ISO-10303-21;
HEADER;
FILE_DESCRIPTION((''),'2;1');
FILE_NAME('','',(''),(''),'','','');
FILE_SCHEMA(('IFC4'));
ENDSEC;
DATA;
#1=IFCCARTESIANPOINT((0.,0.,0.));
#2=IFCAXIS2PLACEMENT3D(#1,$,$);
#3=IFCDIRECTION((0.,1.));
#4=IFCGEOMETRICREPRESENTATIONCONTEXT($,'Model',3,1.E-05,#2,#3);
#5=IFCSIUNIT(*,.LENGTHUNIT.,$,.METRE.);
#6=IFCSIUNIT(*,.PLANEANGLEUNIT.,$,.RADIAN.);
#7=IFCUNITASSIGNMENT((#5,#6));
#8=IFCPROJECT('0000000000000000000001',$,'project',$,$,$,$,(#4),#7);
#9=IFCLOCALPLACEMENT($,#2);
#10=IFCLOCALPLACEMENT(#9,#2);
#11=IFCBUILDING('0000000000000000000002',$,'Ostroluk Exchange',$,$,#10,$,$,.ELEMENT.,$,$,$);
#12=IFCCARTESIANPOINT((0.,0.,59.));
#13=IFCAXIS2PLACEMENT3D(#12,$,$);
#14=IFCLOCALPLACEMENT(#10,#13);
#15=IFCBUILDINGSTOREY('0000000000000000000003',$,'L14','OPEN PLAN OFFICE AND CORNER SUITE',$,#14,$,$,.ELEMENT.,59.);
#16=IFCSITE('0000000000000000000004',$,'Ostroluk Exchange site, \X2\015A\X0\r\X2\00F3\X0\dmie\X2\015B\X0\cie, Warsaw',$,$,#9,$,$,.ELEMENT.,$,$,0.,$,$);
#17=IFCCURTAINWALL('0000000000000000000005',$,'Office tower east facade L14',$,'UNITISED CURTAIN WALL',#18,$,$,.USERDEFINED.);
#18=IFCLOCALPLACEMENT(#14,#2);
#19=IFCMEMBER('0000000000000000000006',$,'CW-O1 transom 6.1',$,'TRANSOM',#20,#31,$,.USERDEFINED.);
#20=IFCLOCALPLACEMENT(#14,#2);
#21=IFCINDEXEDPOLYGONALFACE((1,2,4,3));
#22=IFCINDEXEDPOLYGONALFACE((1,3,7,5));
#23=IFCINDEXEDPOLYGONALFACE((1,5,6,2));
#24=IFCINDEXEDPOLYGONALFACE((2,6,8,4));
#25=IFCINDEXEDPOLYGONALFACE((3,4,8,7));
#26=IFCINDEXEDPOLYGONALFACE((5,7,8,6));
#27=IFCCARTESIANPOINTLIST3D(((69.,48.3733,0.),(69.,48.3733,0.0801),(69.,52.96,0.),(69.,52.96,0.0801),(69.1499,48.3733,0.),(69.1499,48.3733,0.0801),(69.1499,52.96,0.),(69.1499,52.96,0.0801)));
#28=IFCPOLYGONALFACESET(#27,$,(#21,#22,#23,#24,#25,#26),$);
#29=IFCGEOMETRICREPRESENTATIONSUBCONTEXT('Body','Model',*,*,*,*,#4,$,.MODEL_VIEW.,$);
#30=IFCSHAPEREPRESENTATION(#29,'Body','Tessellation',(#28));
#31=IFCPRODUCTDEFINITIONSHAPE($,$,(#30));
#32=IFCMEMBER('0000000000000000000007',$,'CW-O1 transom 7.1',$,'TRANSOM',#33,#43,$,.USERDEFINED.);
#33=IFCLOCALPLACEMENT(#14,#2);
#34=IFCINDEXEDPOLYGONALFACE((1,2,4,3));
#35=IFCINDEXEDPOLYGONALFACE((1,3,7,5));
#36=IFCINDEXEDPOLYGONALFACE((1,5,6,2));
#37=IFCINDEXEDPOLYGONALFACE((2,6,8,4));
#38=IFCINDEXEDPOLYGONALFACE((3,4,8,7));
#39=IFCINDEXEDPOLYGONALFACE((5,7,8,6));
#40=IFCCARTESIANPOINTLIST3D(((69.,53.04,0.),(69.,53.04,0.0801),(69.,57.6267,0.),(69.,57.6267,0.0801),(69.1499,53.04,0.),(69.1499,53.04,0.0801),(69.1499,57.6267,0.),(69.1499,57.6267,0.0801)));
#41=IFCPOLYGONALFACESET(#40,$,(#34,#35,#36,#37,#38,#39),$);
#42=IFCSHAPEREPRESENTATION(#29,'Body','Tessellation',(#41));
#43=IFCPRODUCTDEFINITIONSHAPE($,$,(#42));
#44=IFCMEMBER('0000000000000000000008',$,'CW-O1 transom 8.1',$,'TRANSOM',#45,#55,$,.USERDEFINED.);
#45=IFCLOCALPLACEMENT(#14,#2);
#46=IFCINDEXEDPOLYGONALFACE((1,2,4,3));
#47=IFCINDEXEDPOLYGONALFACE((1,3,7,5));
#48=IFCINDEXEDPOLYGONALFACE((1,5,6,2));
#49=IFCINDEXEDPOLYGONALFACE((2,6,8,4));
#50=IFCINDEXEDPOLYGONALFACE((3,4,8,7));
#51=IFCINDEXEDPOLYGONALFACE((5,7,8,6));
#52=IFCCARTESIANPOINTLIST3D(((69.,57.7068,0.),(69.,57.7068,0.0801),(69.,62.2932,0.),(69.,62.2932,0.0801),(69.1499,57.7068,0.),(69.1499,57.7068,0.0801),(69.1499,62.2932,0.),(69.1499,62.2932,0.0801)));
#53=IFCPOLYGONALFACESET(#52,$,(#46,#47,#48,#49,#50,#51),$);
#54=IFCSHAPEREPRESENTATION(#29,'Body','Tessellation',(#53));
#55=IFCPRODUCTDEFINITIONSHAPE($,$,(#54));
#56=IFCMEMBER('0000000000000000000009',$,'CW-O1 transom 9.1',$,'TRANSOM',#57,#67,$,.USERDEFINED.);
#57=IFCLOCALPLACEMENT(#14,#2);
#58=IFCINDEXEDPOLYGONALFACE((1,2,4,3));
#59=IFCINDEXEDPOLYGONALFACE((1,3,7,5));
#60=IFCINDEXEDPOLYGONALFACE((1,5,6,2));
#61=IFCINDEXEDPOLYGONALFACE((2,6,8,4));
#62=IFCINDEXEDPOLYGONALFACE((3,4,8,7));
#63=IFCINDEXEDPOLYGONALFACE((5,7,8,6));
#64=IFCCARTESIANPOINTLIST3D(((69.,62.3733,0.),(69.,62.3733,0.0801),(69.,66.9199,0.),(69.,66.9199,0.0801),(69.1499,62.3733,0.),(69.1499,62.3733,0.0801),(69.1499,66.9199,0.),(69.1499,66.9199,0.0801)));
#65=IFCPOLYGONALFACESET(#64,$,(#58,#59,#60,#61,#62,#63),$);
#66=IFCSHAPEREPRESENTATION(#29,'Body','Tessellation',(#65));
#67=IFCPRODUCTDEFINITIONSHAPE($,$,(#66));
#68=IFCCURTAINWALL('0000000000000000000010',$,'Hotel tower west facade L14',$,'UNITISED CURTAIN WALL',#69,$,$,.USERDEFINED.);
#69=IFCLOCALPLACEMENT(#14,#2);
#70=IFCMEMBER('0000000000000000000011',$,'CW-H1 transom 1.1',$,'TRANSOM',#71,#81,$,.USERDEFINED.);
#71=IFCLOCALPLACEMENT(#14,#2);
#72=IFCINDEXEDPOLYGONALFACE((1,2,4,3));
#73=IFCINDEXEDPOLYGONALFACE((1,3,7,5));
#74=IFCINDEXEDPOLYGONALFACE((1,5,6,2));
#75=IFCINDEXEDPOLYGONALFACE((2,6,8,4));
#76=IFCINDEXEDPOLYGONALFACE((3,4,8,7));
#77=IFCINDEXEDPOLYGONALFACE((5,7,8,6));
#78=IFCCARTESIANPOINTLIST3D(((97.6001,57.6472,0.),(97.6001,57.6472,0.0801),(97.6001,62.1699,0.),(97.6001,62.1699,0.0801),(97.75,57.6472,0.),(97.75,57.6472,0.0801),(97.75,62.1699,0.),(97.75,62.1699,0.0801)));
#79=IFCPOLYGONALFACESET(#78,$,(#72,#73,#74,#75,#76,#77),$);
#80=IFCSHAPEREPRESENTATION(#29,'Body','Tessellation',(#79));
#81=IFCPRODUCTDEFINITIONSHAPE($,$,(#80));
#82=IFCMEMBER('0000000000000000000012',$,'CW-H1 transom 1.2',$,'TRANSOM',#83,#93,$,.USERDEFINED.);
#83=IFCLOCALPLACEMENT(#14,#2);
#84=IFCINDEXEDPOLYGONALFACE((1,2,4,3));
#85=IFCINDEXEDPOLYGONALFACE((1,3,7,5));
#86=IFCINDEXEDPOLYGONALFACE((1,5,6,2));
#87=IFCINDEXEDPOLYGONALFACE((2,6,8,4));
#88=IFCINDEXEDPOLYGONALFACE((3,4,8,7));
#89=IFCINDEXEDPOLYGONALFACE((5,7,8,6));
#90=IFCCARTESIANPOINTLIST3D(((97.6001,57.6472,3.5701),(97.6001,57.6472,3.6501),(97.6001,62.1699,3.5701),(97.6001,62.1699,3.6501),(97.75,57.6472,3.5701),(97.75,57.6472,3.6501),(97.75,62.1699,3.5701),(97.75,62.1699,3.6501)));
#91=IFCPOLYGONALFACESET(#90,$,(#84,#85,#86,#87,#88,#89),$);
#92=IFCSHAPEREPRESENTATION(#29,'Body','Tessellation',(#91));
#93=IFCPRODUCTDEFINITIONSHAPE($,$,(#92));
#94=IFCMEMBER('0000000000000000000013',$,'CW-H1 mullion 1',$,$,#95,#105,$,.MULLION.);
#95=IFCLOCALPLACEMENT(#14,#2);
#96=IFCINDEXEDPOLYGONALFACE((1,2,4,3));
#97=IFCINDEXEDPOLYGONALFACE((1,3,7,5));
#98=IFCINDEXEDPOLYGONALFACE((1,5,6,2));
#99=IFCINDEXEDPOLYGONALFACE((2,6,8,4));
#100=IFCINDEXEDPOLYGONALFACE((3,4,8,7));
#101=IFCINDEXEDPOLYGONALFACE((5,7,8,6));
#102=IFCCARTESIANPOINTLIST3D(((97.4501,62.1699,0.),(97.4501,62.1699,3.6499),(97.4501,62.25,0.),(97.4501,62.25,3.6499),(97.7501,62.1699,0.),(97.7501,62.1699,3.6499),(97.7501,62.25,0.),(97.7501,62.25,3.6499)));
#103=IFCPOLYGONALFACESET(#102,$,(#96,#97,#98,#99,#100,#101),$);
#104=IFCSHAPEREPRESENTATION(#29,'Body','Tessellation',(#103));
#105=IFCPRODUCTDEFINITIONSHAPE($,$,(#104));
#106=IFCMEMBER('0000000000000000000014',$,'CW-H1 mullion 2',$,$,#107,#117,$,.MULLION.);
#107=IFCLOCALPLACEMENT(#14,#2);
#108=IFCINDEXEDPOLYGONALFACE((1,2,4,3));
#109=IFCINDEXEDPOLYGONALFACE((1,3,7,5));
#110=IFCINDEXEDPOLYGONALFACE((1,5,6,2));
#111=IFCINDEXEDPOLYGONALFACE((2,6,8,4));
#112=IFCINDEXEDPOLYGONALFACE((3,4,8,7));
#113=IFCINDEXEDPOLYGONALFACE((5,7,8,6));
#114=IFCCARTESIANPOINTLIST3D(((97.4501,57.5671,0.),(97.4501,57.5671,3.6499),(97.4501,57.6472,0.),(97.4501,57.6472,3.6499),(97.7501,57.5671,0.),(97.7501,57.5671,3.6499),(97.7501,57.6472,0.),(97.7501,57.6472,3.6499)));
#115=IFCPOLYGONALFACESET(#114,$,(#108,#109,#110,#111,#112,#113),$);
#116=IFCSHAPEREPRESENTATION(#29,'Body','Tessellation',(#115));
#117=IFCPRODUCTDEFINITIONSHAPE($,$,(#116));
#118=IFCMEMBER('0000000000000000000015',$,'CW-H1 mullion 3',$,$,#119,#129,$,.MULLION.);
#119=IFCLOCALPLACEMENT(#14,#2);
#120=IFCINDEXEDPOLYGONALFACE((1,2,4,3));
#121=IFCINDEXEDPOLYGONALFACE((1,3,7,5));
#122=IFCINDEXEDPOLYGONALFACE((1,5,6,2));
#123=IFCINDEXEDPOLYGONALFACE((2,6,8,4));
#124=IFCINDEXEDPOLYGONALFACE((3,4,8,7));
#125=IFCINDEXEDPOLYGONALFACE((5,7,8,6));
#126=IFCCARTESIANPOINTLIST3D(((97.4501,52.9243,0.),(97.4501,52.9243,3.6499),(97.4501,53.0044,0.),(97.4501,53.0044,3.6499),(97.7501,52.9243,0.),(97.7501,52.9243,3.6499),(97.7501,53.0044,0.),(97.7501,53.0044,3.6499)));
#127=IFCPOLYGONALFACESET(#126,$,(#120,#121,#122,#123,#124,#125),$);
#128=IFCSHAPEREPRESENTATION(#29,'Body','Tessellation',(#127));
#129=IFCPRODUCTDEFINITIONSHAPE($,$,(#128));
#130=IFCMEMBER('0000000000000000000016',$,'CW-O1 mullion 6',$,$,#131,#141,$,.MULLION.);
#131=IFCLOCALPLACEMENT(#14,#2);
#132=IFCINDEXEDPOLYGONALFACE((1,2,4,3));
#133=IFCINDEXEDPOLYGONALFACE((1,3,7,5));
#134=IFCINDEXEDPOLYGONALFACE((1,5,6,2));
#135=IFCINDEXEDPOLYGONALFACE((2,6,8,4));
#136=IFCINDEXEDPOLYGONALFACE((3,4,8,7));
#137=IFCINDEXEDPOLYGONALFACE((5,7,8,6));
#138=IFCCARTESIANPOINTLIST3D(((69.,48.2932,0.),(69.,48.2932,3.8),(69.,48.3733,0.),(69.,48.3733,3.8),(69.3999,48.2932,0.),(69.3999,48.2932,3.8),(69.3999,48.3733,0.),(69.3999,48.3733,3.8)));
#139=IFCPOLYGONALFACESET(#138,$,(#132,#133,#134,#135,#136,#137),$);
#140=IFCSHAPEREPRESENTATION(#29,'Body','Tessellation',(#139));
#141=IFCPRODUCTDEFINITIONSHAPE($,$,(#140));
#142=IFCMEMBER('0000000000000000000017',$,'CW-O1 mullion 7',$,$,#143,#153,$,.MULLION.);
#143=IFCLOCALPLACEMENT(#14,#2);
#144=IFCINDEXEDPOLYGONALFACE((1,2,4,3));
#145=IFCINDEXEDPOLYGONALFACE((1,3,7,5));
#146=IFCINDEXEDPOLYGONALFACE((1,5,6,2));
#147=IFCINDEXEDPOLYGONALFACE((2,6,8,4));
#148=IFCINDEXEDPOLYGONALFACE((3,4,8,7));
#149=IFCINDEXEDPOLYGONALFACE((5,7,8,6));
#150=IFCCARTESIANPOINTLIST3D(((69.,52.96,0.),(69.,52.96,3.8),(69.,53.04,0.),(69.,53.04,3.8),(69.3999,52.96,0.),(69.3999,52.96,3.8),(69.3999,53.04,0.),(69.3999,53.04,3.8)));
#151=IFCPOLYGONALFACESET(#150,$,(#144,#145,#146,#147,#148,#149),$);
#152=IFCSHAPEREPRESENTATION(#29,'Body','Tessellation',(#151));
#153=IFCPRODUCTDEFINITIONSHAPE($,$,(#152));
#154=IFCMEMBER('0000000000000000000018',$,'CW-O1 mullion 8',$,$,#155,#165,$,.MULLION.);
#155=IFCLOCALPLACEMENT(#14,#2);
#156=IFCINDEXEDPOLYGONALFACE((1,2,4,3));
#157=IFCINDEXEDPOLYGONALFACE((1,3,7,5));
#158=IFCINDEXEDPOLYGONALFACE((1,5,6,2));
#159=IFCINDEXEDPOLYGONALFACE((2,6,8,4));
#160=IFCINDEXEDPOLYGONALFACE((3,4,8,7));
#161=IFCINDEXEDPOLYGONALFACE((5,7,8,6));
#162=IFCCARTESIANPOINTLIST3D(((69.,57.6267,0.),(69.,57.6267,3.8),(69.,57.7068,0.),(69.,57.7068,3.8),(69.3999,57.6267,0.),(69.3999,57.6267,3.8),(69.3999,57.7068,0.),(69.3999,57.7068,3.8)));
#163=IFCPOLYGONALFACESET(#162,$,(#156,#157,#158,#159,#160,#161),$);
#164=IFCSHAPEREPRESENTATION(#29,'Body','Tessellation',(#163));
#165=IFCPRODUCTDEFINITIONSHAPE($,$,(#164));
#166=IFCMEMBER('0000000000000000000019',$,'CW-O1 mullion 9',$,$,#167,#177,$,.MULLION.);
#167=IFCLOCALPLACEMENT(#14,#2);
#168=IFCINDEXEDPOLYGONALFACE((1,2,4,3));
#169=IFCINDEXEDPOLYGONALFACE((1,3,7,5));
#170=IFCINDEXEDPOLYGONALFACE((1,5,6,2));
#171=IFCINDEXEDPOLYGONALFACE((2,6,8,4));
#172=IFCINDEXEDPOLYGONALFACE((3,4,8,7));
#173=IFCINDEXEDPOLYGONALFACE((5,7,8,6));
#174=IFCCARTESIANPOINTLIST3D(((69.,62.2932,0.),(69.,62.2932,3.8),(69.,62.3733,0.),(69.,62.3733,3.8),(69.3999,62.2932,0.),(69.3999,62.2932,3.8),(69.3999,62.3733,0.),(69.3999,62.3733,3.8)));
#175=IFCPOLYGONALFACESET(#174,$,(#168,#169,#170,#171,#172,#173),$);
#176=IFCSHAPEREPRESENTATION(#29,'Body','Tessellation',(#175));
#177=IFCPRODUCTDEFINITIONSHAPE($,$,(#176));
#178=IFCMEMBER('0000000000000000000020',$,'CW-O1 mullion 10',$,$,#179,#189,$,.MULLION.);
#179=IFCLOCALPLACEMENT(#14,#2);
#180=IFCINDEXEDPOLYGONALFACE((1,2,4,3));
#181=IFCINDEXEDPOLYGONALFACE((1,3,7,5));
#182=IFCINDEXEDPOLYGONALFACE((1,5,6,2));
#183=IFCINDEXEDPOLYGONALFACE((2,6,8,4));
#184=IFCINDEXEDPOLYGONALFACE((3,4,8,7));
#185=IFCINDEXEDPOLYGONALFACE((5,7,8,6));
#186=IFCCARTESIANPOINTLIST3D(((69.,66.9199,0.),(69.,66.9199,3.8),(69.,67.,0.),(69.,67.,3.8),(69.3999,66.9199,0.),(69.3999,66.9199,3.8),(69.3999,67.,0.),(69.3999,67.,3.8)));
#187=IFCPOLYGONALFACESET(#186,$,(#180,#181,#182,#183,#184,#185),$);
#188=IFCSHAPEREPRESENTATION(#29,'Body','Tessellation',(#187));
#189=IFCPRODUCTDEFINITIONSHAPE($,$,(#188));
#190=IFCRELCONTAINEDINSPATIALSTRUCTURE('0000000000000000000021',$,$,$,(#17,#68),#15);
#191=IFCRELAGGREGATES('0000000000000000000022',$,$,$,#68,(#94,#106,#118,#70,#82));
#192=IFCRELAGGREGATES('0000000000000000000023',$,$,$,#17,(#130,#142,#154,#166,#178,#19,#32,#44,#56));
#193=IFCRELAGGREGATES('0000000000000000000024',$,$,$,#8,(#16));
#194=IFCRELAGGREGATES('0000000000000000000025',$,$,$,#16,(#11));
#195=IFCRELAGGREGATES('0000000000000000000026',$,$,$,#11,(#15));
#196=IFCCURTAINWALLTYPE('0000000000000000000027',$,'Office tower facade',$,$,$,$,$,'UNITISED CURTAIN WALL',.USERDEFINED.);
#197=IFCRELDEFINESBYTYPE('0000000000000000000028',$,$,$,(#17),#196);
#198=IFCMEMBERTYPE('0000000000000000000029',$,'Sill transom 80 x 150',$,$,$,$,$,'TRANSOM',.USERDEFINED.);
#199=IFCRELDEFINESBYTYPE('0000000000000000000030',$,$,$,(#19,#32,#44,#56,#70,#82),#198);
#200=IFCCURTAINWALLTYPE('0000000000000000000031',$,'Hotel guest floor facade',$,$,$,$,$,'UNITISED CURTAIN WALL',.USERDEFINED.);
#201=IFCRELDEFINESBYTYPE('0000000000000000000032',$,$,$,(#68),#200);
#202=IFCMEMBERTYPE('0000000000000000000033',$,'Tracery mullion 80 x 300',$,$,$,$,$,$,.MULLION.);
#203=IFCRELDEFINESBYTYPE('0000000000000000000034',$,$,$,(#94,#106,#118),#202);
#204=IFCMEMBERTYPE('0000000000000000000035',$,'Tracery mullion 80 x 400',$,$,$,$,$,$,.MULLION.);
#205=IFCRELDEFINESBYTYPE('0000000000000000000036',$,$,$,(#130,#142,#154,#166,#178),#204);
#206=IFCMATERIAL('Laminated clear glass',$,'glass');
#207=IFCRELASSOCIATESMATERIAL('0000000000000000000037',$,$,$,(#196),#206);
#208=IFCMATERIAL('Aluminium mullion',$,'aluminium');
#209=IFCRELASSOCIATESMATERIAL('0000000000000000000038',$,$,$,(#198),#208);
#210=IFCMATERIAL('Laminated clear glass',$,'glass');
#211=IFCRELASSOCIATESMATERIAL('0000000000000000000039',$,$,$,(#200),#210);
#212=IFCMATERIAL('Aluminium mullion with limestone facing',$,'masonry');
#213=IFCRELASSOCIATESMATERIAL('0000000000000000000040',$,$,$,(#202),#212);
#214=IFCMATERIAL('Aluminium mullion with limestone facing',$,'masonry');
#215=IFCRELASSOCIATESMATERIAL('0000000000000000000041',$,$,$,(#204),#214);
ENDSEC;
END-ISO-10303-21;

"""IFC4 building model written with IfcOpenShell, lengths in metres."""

from ifc_helpers import new_model, si_unit, direction, frame, origin, origin_2d, place, context, subcontext, project, spatial, rectangle, extrude, material, material_profile, profile_set, type_object, element, aggregate, save


model = new_model("IFC4")

# Units and contexts
model_context = context("Model", 3, precision=1e-05, world=origin(), true_north=direction((0.0, 1.0)))
body_context = subcontext(model_context, "Body", "Model", "MODEL_VIEW")
ifc_project = project(units=[si_unit("LENGTHUNIT", "METRE"), si_unit("PLANEANGLEUNIT", "RADIAN")], contexts=[model_context])

# Site, building, storey
site_placement = place(None, origin())
site = spatial("IfcSite", under=ifc_project, at=site_placement, Name="Ostroluk Exchange site, Śródmieście, Warsaw", CompositionType="ELEMENT", RefElevation=0.0)
building_placement = place(site_placement, origin())
building = spatial("IfcBuilding", under=site, at=building_placement, Name="Ostroluk Exchange", CompositionType="ELEMENT")
storey_placement = place(building_placement, frame((0.0, 0.0, 59.0)))
storey = spatial("IfcBuildingStorey", under=building, at=storey_placement, Name="L14", Description="OPEN PLAN OFFICE AND CORNER SUITE", CompositionType="ELEMENT", Elevation=59.0)

# Curtain walls, members
ifc_material_1 = material(Name="Laminated clear glass", Category="glass")
curtain_wall_type_1 = type_object("IfcCurtainWallType", Name="Office tower facade", ElementType="UNITISED CURTAIN WALL", PredefinedType="USERDEFINED", material=ifc_material_1)
curtain_wall_1_placement = place(storey_placement, origin())
curtain_wall_1 = element("IfcCurtainWall", 1, at=curtain_wall_1_placement, inside=storey, type_object=curtain_wall_type_1, Name="Office tower east facade L14", ObjectType="UNITISED CURTAIN WALL", PredefinedType="USERDEFINED")
ifc_material_2 = material(Name="Aluminium mullion", Category="aluminium")
ifc_material_profile_1 = material_profile(ifc_material_2, rectangle(XDim=0.1499, YDim=0.0801, at=origin_2d()), Name="Sill transom 80 x 150")
ifc_profile_set_1 = profile_set([ifc_material_profile_1], Name="Aluminium mullion")
member_type_1 = type_object("IfcMemberType", Name="Sill transom 80 x 150", ElementType="TRANSOM", PredefinedType="USERDEFINED", material=ifc_profile_set_1)
member_1_placement = place(storey_placement, frame((69.075, 48.3733, 0.04), z_axis=(0.0, 1.0, 0.0), x_axis=(-1.0, 0.0, 0.0)))
member_1 = element("IfcMember", 2, at=member_1_placement, type_object=member_type_1, Name="CW-O1 transom 6.1", ObjectType="TRANSOM", PredefinedType="USERDEFINED", context=body_context, shape_type="SweptSolid", body=[
    extrude(rectangle(XDim=0.1499, YDim=0.0801, at=origin_2d()), origin(), (0.0, 0.0, 1.0), 4.5867),
])
member_2_placement = place(storey_placement, frame((69.075, 53.04, 0.04), z_axis=(0.0, 1.0, 0.0), x_axis=(-1.0, 0.0, 0.0)))
member_2 = element("IfcMember", 3, at=member_2_placement, type_object=member_type_1, Name="CW-O1 transom 7.1", ObjectType="TRANSOM", PredefinedType="USERDEFINED", context=body_context, shape_type="SweptSolid", body=[
    extrude(rectangle(XDim=0.1499, YDim=0.0801, at=origin_2d()), origin(), (0.0, 0.0, 1.0), 4.5867),
])
member_3_placement = place(storey_placement, frame((69.075, 57.7068, 0.04), z_axis=(0.0, 1.0, 0.0), x_axis=(-1.0, 0.0, 0.0)))
member_3 = element("IfcMember", 4, at=member_3_placement, type_object=member_type_1, Name="CW-O1 transom 8.1", ObjectType="TRANSOM", PredefinedType="USERDEFINED", context=body_context, shape_type="SweptSolid", body=[
    extrude(rectangle(XDim=0.1499, YDim=0.0801, at=origin_2d()), origin(), (0.0, 0.0, 1.0), 4.5864),
])
member_4_placement = place(storey_placement, frame((69.075, 62.3733, 0.04), z_axis=(0.0, 1.0, 0.0), x_axis=(-1.0, 0.0, 0.0)))
member_4 = element("IfcMember", 5, at=member_4_placement, type_object=member_type_1, Name="CW-O1 transom 9.1", ObjectType="TRANSOM", PredefinedType="USERDEFINED", context=body_context, shape_type="SweptSolid", body=[
    extrude(rectangle(XDim=0.1499, YDim=0.0801, at=origin_2d()), origin(), (0.0, 0.0, 1.0), 4.5466),
])
ifc_material_3 = material(Name="Laminated clear glass", Category="glass")
curtain_wall_type_2 = type_object("IfcCurtainWallType", Name="Hotel guest floor facade", ElementType="UNITISED CURTAIN WALL", PredefinedType="USERDEFINED", material=ifc_material_3)
curtain_wall_2_placement = place(storey_placement, origin())
curtain_wall_2 = element("IfcCurtainWall", 6, at=curtain_wall_2_placement, inside=storey, type_object=curtain_wall_type_2, Name="Hotel tower west facade L14", ObjectType="UNITISED CURTAIN WALL", PredefinedType="USERDEFINED")
member_5_placement = place(storey_placement, frame((97.675, 62.1699, 0.04), z_axis=(0.0, -1.0, 0.0), x_axis=(1.0, 0.0, 0.0)))
member_5 = element("IfcMember", 7, at=member_5_placement, type_object=member_type_1, Name="CW-H1 transom 1.1", ObjectType="TRANSOM", PredefinedType="USERDEFINED", context=body_context, shape_type="SweptSolid", body=[
    extrude(rectangle(XDim=0.1499, YDim=0.0801, at=origin_2d()), origin(), (0.0, 0.0, 1.0), 4.5227),
])
member_6_placement = place(storey_placement, frame((97.675, 62.1699, 3.6101), z_axis=(0.0, -1.0, 0.0), x_axis=(1.0, 0.0, 0.0)))
member_6 = element("IfcMember", 8, at=member_6_placement, type_object=member_type_1, Name="CW-H1 transom 1.2", ObjectType="TRANSOM", PredefinedType="USERDEFINED", context=body_context, shape_type="SweptSolid", body=[
    extrude(rectangle(XDim=0.1499, YDim=0.0801, at=origin_2d()), origin(), (0.0, 0.0, 1.0), 4.5227),
])
ifc_material_4 = material(Name="Aluminium mullion with limestone facing", Category="masonry")
ifc_material_profile_2 = material_profile(ifc_material_4, rectangle(XDim=0.3, YDim=0.0801, at=origin_2d()), Name="Tracery mullion 80 x 300")
ifc_profile_set_2 = profile_set([ifc_material_profile_2], Name="Aluminium mullion with limestone facing")
member_type_2 = type_object("IfcMemberType", Name="Tracery mullion 80 x 300", PredefinedType="MULLION", material=ifc_profile_set_2)
member_7_placement = place(storey_placement, frame((97.6001, 62.21, 0.0), z_axis=(0.0, 0.0, 1.0), x_axis=(1.0, 0.0, 0.0)))
member_7 = element("IfcMember", 9, at=member_7_placement, type_object=member_type_2, Name="CW-H1 mullion 1", PredefinedType="MULLION", context=body_context, shape_type="SweptSolid", body=[
    extrude(rectangle(XDim=0.3, YDim=0.0801, at=origin_2d()), origin(), (0.0, 0.0, 1.0), 3.6499),
])
member_8_placement = place(storey_placement, frame((97.6001, 57.6072, 0.0), z_axis=(0.0, 0.0, 1.0), x_axis=(1.0, 0.0, 0.0)))
member_8 = element("IfcMember", 10, at=member_8_placement, type_object=member_type_2, Name="CW-H1 mullion 2", PredefinedType="MULLION", context=body_context, shape_type="SweptSolid", body=[
    extrude(rectangle(XDim=0.3, YDim=0.0801, at=origin_2d()), origin(), (0.0, 0.0, 1.0), 3.6499),
])
member_9_placement = place(storey_placement, frame((97.6001, 52.9644, 0.0), z_axis=(0.0, 0.0, 1.0), x_axis=(1.0, 0.0, 0.0)))
member_9 = element("IfcMember", 11, at=member_9_placement, type_object=member_type_2, Name="CW-H1 mullion 3", PredefinedType="MULLION", context=body_context, shape_type="SweptSolid", body=[
    extrude(rectangle(XDim=0.3, YDim=0.0801, at=origin_2d()), origin(), (0.0, 0.0, 1.0), 3.6499),
])

# Members
ifc_material_5 = material(Name="Aluminium mullion with limestone facing", Category="masonry")
ifc_material_profile_3 = material_profile(ifc_material_5, rectangle(XDim=0.3999, YDim=0.0801, at=origin_2d()), Name="Tracery mullion 80 x 400")
ifc_profile_set_3 = profile_set([ifc_material_profile_3], Name="Aluminium mullion with limestone facing")
member_type_3 = type_object("IfcMemberType", Name="Tracery mullion 80 x 400", PredefinedType="MULLION", material=ifc_profile_set_3)
member_10_placement = place(storey_placement, frame((69.2, 48.3333, 0.0), z_axis=(0.0, 0.0, 1.0), x_axis=(-1.0, 0.0, 0.0)))
member_10 = element("IfcMember", 12, at=member_10_placement, type_object=member_type_3, Name="CW-O1 mullion 6", PredefinedType="MULLION", context=body_context, shape_type="SweptSolid", body=[
    extrude(rectangle(XDim=0.3999, YDim=0.0801, at=origin_2d()), origin(), (0.0, 0.0, 1.0), 3.8),
])
member_11_placement = place(storey_placement, frame((69.2, 53.0, 0.0), z_axis=(0.0, 0.0, 1.0), x_axis=(-1.0, 0.0, 0.0)))
member_11 = element("IfcMember", 13, at=member_11_placement, type_object=member_type_3, Name="CW-O1 mullion 7", PredefinedType="MULLION", context=body_context, shape_type="SweptSolid", body=[
    extrude(rectangle(XDim=0.3999, YDim=0.0801, at=origin_2d()), origin(), (0.0, 0.0, 1.0), 3.8),
])
member_12_placement = place(storey_placement, frame((69.2, 57.6667, 0.0), z_axis=(0.0, 0.0, 1.0), x_axis=(-1.0, 0.0, 0.0)))
member_12 = element("IfcMember", 14, at=member_12_placement, type_object=member_type_3, Name="CW-O1 mullion 8", PredefinedType="MULLION", context=body_context, shape_type="SweptSolid", body=[
    extrude(rectangle(XDim=0.3999, YDim=0.0801, at=origin_2d()), origin(), (0.0, 0.0, 1.0), 3.8),
])
member_13_placement = place(storey_placement, frame((69.2, 62.3333, 0.0), z_axis=(0.0, 0.0, 1.0), x_axis=(-1.0, 0.0, 0.0)))
member_13 = element("IfcMember", 15, at=member_13_placement, type_object=member_type_3, Name="CW-O1 mullion 9", PredefinedType="MULLION", context=body_context, shape_type="SweptSolid", body=[
    extrude(rectangle(XDim=0.3999, YDim=0.0801, at=origin_2d()), origin(), (0.0, 0.0, 1.0), 3.8),
])
member_14_placement = place(storey_placement, frame((69.2, 66.96, 0.0), z_axis=(0.0, 0.0, 1.0), x_axis=(-1.0, 0.0, 0.0)))
member_14 = element("IfcMember", 16, at=member_14_placement, type_object=member_type_3, Name="CW-O1 mullion 10", PredefinedType="MULLION", context=body_context, shape_type="SweptSolid", body=[
    extrude(rectangle(XDim=0.3999, YDim=0.0801, at=origin_2d()), origin(), (0.0, 0.0, 1.0), 3.8),
])

aggregate(curtain_wall_2, [member_7, member_8, member_9, member_5, member_6])
aggregate(curtain_wall_1, [member_10, member_11, member_12, member_13, member_14, member_1, member_2, member_3, member_4])

save(model, "model.ifc")
